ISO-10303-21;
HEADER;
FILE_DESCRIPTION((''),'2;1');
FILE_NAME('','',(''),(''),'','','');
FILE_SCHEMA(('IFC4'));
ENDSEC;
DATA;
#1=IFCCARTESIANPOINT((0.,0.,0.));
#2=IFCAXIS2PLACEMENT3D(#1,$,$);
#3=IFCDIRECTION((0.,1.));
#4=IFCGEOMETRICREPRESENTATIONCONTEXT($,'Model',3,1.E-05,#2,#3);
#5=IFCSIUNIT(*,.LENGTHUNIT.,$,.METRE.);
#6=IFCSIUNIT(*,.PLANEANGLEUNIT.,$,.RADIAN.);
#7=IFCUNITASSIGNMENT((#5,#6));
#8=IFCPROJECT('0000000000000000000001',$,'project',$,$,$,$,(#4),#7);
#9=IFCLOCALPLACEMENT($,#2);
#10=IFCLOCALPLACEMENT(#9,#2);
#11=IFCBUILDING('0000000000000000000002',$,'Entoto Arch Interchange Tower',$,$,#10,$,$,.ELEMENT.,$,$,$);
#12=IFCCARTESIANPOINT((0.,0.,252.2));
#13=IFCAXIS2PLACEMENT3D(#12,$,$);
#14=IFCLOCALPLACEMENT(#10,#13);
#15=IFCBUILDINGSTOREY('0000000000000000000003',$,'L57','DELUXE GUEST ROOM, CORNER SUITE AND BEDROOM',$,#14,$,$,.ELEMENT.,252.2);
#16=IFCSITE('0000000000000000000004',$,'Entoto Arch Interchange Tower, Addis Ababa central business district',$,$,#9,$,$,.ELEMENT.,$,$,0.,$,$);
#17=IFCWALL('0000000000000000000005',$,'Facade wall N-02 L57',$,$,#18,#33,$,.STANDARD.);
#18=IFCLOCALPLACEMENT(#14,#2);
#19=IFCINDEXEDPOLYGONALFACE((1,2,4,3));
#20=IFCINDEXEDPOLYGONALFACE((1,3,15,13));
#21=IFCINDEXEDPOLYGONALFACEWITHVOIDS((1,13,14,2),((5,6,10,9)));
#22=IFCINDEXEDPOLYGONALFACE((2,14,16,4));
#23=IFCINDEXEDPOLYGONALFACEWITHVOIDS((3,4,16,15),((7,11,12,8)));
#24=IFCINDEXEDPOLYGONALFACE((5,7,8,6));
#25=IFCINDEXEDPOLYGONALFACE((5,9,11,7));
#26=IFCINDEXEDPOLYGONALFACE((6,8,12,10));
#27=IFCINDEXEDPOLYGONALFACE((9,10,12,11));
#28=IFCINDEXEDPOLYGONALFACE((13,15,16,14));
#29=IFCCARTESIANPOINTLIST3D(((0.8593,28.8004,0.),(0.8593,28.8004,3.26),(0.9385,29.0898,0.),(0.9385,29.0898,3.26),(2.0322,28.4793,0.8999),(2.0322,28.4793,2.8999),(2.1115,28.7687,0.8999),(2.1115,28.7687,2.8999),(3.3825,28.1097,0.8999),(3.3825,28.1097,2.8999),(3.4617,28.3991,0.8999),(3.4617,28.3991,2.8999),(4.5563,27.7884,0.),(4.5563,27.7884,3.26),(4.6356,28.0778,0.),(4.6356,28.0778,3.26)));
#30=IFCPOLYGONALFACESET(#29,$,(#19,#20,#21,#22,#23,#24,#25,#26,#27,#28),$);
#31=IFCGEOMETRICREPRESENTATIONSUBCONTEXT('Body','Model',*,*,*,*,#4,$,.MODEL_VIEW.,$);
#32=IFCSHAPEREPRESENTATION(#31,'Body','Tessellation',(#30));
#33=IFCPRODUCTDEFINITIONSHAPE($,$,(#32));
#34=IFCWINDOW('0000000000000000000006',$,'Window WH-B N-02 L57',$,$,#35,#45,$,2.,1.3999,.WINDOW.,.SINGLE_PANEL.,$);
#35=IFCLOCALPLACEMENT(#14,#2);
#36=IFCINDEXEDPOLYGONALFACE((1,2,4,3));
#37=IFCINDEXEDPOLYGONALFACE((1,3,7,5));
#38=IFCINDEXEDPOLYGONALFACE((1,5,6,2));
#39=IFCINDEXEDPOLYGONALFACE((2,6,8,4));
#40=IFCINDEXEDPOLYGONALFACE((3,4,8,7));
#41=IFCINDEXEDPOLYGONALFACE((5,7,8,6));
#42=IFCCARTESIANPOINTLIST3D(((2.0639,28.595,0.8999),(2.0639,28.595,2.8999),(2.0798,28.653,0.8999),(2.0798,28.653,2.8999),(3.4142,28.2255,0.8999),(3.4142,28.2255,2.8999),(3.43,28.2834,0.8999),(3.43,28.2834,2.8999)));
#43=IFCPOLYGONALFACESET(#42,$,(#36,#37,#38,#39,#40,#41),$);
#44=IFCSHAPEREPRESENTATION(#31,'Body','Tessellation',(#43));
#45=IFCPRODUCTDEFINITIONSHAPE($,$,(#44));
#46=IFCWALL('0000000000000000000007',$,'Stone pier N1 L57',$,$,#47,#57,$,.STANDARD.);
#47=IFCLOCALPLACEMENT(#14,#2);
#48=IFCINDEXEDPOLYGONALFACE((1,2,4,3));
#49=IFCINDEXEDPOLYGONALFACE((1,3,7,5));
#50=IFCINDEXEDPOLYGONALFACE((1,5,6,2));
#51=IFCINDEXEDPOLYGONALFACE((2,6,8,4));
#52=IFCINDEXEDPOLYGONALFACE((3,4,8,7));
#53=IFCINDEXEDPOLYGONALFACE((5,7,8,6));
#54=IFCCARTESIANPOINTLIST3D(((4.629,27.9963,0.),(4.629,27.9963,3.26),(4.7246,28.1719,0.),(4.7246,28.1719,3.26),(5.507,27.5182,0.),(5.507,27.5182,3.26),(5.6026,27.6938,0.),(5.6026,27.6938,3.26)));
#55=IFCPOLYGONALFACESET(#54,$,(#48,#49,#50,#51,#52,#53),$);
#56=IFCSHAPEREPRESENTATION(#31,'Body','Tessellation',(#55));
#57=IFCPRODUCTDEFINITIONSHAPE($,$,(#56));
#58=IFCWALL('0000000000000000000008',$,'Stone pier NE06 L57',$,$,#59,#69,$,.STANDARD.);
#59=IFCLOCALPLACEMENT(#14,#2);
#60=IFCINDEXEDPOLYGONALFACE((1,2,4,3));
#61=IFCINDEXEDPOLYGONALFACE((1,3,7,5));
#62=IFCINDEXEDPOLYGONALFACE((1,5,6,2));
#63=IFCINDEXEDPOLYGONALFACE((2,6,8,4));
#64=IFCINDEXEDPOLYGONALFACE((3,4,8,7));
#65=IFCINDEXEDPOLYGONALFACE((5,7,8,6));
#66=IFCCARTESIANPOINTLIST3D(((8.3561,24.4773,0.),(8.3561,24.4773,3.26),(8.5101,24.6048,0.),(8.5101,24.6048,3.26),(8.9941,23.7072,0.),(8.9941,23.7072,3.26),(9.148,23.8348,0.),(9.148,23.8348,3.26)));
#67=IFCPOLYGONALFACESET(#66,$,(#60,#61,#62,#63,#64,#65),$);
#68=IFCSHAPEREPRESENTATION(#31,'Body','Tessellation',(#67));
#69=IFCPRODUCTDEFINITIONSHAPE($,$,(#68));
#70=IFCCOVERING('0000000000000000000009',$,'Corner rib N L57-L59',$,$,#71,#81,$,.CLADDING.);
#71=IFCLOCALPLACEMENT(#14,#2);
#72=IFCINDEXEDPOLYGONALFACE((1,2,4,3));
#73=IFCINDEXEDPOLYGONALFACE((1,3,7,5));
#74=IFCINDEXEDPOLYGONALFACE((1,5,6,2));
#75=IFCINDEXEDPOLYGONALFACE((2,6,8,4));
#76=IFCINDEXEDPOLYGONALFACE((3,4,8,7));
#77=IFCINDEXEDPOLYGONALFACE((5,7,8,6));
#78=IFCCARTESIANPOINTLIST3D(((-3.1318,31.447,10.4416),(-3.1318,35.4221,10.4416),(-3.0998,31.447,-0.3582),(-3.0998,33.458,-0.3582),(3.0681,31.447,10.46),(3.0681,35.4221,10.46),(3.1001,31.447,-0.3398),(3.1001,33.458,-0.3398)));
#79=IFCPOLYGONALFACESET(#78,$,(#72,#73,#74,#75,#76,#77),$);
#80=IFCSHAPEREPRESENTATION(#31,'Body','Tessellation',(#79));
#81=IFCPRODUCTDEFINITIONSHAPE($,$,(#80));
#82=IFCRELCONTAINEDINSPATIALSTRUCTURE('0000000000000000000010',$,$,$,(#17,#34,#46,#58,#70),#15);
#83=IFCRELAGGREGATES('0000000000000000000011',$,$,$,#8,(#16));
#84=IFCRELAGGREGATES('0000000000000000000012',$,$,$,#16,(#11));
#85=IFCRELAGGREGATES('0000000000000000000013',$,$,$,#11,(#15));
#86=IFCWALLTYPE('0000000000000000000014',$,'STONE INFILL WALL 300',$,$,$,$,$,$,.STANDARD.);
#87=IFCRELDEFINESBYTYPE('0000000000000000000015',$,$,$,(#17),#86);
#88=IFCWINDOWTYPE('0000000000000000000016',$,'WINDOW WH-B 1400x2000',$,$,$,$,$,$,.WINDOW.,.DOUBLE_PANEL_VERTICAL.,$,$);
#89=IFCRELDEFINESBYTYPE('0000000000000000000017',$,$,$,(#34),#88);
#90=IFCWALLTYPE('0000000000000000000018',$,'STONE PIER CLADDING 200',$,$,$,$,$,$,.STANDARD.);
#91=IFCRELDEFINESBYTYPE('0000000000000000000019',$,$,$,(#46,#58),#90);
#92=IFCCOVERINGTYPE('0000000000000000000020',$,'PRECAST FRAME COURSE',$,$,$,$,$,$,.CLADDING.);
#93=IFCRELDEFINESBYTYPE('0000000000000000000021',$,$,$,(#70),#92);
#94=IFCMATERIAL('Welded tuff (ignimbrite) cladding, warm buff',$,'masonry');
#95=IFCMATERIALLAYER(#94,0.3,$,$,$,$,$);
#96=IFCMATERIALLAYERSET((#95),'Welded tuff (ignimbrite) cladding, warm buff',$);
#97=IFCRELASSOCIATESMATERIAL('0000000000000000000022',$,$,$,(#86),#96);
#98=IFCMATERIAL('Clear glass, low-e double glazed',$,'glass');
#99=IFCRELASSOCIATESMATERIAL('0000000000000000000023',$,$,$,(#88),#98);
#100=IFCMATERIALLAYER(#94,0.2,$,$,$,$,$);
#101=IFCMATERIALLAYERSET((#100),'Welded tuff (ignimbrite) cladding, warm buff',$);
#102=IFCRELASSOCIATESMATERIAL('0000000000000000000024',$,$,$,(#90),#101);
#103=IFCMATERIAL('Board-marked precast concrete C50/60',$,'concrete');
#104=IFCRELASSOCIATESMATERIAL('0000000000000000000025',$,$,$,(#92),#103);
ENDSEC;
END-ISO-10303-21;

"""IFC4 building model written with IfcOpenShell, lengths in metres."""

from ifc_helpers import new_model, si_unit, direction, frame, frame_2d, origin, place, context, subcontext, project, spatial, polyline, rectangle, outline, extrude, material, layer, layer_set, type_object, element, fill, save


model = new_model("IFC4")

# Units and contexts
model_context = context("Model", 3, precision=1e-05, world=origin(), true_north=direction((0.0, 1.0)))
body_context = subcontext(model_context, "Body", "Model", "MODEL_VIEW")
ifc_project = project(units=[si_unit("LENGTHUNIT", "METRE"), si_unit("PLANEANGLEUNIT", "RADIAN")], contexts=[model_context])

# Site, building, storey
site_placement = place(None, origin())
site = spatial("IfcSite", under=ifc_project, at=site_placement, Name="Entoto Arch Interchange Tower, Addis Ababa central business district", CompositionType="ELEMENT", RefElevation=0.0)
building_placement = place(site_placement, origin())
building = spatial("IfcBuilding", under=site, at=building_placement, Name="Entoto Arch Interchange Tower", CompositionType="ELEMENT")
storey_placement = place(building_placement, frame((0.0, 0.0, 252.2)))
storey = spatial("IfcBuildingStorey", under=building, at=storey_placement, Name="L57", Description="DELUXE GUEST ROOM, CORNER SUITE AND BEDROOM", CompositionType="ELEMENT", Elevation=252.2)

# Wall, opening, window
ifc_material_1 = material(Name="Welded tuff (ignimbrite) cladding, warm buff", Category="masonry")
ifc_layer_1 = layer(ifc_material_1, 0.3)
ifc_layer_set_1 = layer_set([ifc_layer_1], Name="Welded tuff (ignimbrite) cladding, warm buff")
wall_type_1 = type_object("IfcWallType", Name="STONE INFILL WALL 300", PredefinedType="STANDARD", material=ifc_layer_set_1)
ifc_material_2 = material(Name="Clear glass, low-e double glazed", Category="glass")
window_type = type_object("IfcWindowType", Name="WINDOW WH-B 1400x2000", PartitioningType="DOUBLE_PANEL_VERTICAL", PredefinedType="WINDOW", material=ifc_material_2)
wall_1_placement = place(storey_placement, frame((4.5959, 27.9331, 0.0), z_axis=(0.0, 0.0, 1.0), x_axis=(-0.964519, 0.264012, 0.0)))
wall_1 = element("IfcWall", 1, at=wall_1_placement, inside=storey, type_object=wall_type_1, Name="Facade wall N-02 L57", PredefinedType="STANDARD", context=body_context, shape_type="SweptSolid", body=[
    extrude(rectangle(XDim=3.833, YDim=0.3, at=frame_2d((1.9165, 0.0))), origin(), (0.0, 0.0, 1.0), 3.26),
])
opening_1_placement = place(wall_1_placement, frame((1.217, 0.0, 0.8999)))
opening_1 = element("IfcOpeningElement", 2, at=opening_1_placement, cuts=wall_1, PredefinedType="OPENING", context=body_context, shape_type="SweptSolid", body=[
    extrude(rectangle(XDim=1.3999, YDim=2.0, at=frame_2d((0.7, 1.0))), frame((0.0, 0.1602, 0.0), z_axis=(0.0, -1.0, 0.0), x_axis=(1.0, 0.0, 0.0)), (0.0, 0.0, 1.0), 0.3201),
])
window_1_placement = place(opening_1_placement, origin())
window_1 = element("IfcWindow", 3, at=window_1_placement, inside=storey, type_object=window_type, Name="Window WH-B N-02 L57", OverallHeight=2.0, OverallWidth=1.3999, PartitioningType="SINGLE_PANEL", PredefinedType="WINDOW", context=body_context, shape_type="SweptSolid", body=[
    extrude(rectangle(XDim=1.3999, YDim=2.0, at=frame_2d((0.7, 1.0))), frame((0.0, 0.03, 0.0), z_axis=(0.0, -1.0, 0.0), x_axis=(1.0, 0.0, 0.0)), (0.0, 0.0, 1.0), 0.0601),
])
fill(opening_1, window_1)

# Walls
ifc_layer_2 = layer(ifc_material_1, 0.2)
ifc_layer_set_2 = layer_set([ifc_layer_2], Name="Welded tuff (ignimbrite) cladding, warm buff")
wall_type_2 = type_object("IfcWallType", Name="STONE PIER CLADDING 200", PredefinedType="STANDARD", material=ifc_layer_set_2)
wall_2_placement = place(storey_placement, frame((5.5549, 27.606, 0.0), z_axis=(0.0, 0.0, 1.0), x_axis=(-0.87825, 0.478202, 0.0)))
element("IfcWall", 4, at=wall_2_placement, inside=storey, type_object=wall_type_2, Name="Stone pier N1 L57", PredefinedType="STANDARD", context=body_context, shape_type="SweptSolid", body=[
    extrude(rectangle(XDim=0.9998, YDim=0.2, at=frame_2d((0.5, 0.0))), origin(), (0.0, 0.0, 1.0), 3.26),
])
wall_3_placement = place(storey_placement, frame((9.071, 23.771, 0.0), z_axis=(0.0, 0.0, 1.0), x_axis=(-0.637972, 0.770059, 0.0)))
element("IfcWall", 5, at=wall_3_placement, inside=storey, type_object=wall_type_2, Name="Stone pier NE06 L57", PredefinedType="STANDARD", context=body_context, shape_type="SweptSolid", body=[
    extrude(rectangle(XDim=1.0, YDim=0.2, at=frame_2d((0.5, 0.0))), origin(), (0.0, 0.0, 1.0), 3.26),
])

# Covering
ifc_material_3 = material(Name="Board-marked precast concrete C50/60", Category="concrete")
covering_type = type_object("IfcCoveringType", Name="PRECAST FRAME COURSE", PredefinedType="CLADDING", material=ifc_material_3)
covering_placement = place(storey_placement, frame((3.1001, 31.447, -0.3398), z_axis=(0.999996, 0.0, 0.002961), x_axis=(0.0, 1.0, 0.0)))
element("IfcCovering", 6, at=covering_placement, inside=storey, type_object=covering_type, Name="Corner rib N L57-L59", PredefinedType="CLADDING", context=body_context, shape_type="SweptSolid", body=[
    extrude(outline(polyline([(0.0, 0.0), (2.011, 0.0), (3.9751, 10.7999), (0.0, 10.7999), (0.0, 0.0)])), origin(), (0.0, 0.0, -1.0), 6.2),
])

save(model, "model.ifc")
